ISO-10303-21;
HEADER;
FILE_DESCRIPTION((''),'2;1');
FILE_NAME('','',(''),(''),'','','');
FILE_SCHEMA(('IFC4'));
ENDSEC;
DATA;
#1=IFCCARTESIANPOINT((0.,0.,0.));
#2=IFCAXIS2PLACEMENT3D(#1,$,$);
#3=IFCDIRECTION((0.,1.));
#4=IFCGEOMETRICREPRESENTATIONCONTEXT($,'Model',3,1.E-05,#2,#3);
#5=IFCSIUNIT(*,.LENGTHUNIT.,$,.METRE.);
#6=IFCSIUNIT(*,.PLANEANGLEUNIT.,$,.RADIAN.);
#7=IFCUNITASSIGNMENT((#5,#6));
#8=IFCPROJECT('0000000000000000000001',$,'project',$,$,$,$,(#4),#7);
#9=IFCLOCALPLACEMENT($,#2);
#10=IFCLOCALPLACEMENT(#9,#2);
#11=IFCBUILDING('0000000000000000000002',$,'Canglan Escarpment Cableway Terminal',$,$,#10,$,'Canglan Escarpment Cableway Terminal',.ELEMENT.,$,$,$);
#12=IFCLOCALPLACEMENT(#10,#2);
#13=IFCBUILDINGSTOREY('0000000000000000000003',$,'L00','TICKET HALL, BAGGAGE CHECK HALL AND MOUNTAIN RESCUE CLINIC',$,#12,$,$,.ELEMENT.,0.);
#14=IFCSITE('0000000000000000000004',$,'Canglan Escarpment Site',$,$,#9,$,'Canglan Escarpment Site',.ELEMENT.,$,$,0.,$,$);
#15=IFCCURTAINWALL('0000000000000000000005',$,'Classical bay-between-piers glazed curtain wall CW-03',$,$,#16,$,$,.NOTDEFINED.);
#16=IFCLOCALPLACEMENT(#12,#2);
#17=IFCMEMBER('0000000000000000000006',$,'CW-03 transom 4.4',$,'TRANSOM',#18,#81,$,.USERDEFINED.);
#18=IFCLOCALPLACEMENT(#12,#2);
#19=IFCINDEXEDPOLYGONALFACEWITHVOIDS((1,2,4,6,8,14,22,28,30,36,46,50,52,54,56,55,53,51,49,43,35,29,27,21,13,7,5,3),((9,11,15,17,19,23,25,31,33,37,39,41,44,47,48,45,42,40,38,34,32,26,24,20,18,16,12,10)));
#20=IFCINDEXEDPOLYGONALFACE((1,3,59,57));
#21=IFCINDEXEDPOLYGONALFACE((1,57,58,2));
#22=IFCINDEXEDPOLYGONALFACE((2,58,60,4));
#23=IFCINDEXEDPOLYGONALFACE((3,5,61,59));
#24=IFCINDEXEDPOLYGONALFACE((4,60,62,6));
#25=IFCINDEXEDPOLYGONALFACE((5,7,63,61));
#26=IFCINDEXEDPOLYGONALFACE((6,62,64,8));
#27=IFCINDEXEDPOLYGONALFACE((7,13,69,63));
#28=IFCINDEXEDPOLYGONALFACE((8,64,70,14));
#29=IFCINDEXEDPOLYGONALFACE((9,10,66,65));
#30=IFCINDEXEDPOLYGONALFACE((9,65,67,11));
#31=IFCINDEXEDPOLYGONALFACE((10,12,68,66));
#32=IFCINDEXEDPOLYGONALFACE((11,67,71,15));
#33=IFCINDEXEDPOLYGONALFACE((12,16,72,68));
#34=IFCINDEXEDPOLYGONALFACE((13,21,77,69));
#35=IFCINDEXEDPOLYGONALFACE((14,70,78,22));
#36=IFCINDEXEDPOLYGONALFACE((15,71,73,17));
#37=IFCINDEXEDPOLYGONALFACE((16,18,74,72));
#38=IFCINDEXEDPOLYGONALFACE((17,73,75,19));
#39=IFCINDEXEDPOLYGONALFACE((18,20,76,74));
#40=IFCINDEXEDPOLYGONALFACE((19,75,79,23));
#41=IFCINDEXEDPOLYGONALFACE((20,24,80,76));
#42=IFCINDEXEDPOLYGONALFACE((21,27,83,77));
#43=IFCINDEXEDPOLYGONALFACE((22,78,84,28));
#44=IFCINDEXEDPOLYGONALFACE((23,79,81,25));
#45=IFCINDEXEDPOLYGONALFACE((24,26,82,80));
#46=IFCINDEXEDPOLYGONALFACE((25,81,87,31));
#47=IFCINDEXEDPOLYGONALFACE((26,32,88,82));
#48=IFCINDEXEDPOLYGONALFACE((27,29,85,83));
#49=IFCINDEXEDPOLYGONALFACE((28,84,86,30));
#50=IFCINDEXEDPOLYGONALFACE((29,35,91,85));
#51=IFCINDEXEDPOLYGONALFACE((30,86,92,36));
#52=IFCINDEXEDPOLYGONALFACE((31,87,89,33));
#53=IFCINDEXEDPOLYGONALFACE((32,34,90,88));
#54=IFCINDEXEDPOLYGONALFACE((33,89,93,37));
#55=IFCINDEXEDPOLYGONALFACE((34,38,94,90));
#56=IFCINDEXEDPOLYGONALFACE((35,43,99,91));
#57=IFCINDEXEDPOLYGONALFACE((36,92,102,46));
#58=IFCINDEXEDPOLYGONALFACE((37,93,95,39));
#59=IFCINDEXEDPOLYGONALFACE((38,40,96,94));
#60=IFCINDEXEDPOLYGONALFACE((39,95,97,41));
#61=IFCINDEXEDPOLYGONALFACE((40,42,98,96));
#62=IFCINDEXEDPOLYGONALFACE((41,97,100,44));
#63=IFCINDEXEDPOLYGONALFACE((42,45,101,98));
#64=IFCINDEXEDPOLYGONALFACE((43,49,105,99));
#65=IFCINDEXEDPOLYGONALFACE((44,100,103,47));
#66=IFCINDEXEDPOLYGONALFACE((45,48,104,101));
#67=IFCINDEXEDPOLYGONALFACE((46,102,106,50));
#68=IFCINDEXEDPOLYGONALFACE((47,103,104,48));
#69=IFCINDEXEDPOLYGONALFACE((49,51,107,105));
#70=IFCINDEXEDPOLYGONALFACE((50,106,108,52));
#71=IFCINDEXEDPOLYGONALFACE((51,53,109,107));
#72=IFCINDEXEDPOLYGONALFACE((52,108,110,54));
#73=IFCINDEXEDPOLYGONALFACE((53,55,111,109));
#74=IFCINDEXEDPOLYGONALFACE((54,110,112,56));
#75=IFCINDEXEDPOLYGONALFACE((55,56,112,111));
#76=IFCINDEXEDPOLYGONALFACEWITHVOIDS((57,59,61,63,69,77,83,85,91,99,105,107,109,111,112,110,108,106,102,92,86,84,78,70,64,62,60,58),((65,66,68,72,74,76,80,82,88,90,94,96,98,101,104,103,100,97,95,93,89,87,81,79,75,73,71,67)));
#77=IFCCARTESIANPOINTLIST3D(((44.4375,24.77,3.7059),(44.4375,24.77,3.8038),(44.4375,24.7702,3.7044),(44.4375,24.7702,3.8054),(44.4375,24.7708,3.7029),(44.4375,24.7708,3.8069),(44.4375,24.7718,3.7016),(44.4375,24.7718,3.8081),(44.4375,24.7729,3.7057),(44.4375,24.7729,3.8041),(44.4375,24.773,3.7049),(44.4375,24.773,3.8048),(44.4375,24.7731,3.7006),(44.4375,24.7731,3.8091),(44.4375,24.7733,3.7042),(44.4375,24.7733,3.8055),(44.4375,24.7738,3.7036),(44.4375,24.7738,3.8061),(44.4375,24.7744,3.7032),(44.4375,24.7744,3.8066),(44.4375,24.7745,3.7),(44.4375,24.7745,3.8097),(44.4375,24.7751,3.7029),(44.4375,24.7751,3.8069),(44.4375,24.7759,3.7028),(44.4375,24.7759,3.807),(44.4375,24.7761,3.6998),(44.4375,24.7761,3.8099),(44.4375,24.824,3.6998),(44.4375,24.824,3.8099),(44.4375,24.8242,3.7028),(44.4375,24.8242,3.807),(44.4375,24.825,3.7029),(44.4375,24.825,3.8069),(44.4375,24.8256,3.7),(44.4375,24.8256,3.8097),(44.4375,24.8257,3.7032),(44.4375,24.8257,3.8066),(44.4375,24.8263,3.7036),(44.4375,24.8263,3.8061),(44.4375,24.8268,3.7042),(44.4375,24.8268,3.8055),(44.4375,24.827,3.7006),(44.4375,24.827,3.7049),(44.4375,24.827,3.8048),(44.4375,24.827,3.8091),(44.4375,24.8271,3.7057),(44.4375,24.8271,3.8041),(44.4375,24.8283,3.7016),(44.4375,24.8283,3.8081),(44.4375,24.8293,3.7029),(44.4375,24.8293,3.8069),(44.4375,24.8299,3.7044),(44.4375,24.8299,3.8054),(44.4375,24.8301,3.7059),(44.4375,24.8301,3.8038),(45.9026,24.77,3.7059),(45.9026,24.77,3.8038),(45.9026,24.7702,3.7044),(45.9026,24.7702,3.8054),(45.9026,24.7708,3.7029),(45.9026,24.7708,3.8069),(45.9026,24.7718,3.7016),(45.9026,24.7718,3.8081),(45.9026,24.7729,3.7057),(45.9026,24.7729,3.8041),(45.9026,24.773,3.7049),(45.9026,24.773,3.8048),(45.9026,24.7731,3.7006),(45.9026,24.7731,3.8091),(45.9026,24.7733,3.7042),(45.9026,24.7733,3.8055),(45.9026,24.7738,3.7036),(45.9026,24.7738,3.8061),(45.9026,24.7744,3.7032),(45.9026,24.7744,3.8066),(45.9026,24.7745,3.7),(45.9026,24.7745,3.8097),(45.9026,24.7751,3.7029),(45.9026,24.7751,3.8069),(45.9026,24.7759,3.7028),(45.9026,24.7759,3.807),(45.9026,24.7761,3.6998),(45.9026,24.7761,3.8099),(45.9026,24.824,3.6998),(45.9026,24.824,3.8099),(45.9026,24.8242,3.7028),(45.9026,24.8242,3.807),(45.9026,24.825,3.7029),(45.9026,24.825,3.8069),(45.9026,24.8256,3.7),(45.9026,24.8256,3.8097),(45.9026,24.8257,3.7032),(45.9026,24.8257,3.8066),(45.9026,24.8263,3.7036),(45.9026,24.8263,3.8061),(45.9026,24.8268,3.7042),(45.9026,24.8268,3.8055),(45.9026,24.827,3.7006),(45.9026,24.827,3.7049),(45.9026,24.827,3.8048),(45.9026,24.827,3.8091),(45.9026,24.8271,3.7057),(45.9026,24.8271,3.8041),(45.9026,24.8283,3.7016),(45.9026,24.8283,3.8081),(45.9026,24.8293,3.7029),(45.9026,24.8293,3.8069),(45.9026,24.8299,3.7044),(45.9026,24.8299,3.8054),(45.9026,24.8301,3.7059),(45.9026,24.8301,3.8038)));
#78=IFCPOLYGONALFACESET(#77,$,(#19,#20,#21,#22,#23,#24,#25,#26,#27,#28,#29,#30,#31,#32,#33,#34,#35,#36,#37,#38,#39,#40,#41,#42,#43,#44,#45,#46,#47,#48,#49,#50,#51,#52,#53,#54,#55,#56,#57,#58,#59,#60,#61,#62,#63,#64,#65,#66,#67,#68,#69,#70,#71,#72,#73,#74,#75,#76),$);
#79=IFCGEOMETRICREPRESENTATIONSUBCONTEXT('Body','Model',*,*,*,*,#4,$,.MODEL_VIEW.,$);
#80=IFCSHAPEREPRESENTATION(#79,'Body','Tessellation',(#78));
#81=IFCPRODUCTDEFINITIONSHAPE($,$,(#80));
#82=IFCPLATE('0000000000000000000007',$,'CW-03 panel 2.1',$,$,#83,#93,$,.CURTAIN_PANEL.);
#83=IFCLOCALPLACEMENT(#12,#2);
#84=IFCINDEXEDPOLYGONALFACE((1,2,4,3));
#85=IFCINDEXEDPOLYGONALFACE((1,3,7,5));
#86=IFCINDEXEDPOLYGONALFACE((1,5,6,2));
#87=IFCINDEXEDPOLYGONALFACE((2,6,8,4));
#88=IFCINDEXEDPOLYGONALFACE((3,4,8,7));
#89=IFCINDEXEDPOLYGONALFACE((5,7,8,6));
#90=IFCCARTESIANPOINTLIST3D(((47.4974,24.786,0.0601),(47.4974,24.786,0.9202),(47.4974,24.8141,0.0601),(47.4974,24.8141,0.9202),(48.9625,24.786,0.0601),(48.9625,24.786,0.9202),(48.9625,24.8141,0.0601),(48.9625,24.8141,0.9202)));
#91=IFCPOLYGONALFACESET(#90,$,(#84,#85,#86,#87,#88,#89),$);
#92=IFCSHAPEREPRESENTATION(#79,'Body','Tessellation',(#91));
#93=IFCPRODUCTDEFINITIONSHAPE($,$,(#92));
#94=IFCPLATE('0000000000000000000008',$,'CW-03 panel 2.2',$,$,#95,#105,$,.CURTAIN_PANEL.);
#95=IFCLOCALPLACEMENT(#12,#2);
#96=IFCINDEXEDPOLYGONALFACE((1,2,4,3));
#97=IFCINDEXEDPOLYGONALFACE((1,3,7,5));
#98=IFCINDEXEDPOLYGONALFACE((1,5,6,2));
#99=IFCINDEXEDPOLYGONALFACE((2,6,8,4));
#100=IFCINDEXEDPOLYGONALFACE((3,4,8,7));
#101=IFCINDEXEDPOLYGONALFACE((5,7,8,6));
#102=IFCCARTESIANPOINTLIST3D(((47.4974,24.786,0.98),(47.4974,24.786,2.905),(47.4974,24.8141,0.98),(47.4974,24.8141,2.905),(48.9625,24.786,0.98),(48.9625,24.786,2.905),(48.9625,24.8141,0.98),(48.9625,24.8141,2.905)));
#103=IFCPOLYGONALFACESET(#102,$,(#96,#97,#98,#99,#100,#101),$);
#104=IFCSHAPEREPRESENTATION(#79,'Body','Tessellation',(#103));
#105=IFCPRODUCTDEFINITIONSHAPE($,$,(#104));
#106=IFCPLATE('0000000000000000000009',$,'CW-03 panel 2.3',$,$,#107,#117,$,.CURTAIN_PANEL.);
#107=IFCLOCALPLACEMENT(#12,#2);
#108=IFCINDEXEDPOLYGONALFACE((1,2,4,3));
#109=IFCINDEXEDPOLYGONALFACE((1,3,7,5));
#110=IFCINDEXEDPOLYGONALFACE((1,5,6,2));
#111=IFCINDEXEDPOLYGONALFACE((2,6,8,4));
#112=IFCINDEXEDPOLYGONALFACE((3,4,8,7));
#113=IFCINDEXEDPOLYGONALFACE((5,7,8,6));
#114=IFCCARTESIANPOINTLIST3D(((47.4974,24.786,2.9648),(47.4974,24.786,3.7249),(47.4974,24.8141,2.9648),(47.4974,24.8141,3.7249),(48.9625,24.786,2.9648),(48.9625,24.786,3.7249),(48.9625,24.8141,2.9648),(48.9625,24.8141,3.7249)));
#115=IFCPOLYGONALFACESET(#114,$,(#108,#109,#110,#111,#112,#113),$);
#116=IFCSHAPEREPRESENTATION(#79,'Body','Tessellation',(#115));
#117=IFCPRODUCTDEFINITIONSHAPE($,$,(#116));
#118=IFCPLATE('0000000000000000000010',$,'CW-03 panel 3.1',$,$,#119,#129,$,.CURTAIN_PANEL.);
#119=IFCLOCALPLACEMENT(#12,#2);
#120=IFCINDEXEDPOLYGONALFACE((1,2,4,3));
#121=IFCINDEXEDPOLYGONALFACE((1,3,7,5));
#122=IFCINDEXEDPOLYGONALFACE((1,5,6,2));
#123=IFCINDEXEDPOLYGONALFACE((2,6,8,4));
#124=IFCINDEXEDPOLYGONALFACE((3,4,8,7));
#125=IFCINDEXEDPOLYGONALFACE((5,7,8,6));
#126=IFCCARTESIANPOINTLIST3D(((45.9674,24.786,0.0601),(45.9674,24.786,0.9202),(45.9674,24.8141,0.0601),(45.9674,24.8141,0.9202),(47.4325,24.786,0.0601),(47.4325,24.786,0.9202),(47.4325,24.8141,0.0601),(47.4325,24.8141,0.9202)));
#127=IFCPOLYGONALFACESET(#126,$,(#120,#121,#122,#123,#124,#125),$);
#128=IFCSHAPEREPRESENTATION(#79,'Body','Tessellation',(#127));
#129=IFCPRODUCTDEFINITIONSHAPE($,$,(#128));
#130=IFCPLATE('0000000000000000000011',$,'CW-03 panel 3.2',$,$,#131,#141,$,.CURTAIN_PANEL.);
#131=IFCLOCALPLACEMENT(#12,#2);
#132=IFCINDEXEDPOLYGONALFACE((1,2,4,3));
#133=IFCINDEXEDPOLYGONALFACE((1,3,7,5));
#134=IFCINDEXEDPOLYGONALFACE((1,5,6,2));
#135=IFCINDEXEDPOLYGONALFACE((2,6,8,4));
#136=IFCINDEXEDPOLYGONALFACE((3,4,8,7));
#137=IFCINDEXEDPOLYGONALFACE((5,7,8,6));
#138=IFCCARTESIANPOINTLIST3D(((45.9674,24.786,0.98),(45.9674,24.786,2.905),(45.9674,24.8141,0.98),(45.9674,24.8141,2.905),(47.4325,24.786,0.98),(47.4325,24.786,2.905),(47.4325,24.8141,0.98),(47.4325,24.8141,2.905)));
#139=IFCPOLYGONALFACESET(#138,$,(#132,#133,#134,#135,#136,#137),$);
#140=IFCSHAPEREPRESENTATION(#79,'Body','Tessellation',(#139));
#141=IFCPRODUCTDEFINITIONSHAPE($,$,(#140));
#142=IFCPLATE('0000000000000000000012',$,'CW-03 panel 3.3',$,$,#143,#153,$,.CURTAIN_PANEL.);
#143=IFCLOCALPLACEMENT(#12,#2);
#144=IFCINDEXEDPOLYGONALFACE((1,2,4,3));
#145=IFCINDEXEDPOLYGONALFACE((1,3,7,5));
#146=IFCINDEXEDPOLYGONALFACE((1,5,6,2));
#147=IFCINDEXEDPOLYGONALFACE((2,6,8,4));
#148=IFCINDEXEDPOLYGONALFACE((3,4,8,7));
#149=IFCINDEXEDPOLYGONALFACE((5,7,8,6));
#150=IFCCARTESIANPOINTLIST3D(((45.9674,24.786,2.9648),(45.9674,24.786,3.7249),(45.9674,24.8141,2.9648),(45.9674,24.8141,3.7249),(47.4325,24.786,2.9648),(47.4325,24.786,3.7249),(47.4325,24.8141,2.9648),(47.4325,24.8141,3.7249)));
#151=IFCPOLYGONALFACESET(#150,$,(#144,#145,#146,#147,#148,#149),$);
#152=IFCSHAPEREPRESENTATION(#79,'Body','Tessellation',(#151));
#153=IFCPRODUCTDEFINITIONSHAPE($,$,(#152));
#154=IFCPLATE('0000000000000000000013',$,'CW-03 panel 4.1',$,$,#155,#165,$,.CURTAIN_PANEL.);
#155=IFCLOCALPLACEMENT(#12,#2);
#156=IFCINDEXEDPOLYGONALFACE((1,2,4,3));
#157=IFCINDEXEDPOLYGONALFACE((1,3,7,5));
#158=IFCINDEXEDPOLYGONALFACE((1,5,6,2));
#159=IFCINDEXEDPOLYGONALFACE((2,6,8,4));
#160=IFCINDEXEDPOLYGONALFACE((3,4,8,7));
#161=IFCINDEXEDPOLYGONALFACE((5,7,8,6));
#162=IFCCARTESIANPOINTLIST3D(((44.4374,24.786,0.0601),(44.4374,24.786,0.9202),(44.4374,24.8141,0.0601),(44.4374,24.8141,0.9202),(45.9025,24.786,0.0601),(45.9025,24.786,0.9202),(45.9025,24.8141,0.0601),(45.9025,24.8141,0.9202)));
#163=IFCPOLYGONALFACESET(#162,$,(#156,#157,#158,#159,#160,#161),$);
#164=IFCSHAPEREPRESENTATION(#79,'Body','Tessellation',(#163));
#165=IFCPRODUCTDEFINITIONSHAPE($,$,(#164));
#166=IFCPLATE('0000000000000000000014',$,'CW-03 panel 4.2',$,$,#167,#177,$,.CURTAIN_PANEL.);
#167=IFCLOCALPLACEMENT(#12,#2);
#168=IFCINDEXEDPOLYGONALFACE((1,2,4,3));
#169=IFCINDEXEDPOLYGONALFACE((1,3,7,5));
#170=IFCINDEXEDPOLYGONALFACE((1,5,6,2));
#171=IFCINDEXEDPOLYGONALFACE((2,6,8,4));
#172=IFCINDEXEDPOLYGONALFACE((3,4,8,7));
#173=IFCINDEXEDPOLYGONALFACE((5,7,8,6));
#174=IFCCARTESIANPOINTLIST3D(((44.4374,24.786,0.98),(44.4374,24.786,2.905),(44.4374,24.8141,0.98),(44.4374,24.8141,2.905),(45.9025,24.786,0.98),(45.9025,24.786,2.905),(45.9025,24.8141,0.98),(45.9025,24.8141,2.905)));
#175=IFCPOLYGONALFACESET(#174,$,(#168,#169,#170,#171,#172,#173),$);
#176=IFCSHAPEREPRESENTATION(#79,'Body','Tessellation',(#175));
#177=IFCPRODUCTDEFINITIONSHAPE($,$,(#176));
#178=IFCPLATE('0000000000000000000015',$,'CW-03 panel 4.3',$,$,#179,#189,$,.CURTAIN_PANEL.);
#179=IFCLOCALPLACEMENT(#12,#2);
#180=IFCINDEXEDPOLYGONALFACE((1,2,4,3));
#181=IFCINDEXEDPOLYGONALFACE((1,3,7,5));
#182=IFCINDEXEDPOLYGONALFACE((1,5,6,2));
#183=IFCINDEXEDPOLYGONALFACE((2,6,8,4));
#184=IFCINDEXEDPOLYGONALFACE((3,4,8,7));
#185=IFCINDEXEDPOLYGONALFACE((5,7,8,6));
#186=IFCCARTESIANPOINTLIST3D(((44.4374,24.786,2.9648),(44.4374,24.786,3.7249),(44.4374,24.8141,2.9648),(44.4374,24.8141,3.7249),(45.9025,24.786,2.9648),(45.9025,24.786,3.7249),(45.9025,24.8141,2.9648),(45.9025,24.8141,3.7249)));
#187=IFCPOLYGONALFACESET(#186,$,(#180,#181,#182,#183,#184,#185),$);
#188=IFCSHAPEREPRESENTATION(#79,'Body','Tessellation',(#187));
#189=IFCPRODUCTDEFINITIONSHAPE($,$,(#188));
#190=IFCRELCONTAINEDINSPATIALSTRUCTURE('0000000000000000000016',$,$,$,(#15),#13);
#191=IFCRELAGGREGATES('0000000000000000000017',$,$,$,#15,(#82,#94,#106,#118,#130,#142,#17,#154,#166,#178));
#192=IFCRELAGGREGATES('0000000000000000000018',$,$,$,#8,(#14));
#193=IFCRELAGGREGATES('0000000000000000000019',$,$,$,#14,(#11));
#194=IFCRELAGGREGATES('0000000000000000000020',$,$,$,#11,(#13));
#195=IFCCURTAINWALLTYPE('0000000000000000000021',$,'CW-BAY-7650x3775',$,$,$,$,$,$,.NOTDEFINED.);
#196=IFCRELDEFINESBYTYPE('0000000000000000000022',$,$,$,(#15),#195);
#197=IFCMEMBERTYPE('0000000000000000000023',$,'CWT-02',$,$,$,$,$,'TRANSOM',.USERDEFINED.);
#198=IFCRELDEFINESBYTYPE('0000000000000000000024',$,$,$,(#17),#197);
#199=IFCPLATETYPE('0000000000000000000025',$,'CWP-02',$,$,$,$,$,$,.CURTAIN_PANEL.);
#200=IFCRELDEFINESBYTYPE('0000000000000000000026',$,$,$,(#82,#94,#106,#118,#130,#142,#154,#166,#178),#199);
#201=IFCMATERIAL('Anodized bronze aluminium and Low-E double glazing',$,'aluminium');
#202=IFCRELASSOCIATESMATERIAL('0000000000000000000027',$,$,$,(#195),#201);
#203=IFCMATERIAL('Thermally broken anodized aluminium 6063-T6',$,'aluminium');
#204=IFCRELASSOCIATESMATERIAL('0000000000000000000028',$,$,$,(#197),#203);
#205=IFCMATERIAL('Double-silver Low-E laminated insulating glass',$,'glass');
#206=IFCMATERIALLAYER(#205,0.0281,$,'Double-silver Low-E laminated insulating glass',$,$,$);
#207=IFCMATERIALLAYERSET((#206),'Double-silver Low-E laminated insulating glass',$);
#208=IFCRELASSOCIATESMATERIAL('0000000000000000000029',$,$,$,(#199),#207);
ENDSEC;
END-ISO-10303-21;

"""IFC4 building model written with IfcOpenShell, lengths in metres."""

from ifc_helpers import new_model, si_unit, direction, frame, origin, origin_2d, place, context, subcontext, project, spatial, rectangle, hollow_rectangle, extrude, material, layer, layer_set, material_profile, profile_set, type_object, element, aggregate, save


model = new_model("IFC4")

# Units and contexts
model_context = context("Model", 3, precision=1e-05, world=origin(), true_north=direction((0.0, 1.0)))
body_context = subcontext(model_context, "Body", "Model", "MODEL_VIEW")
ifc_project = project(units=[si_unit("LENGTHUNIT", "METRE"), si_unit("PLANEANGLEUNIT", "RADIAN")], contexts=[model_context])

# Site, building, storey
site_placement = place(None, origin())
site = spatial("IfcSite", under=ifc_project, at=site_placement, Name="Canglan Escarpment Site", LongName="Canglan Escarpment Site", CompositionType="ELEMENT", RefElevation=0.0)
building_placement = place(site_placement, origin())
building = spatial("IfcBuilding", under=site, at=building_placement, Name="Canglan Escarpment Cableway Terminal", LongName="Canglan Escarpment Cableway Terminal", CompositionType="ELEMENT")
storey_placement = place(building_placement, origin())
storey = spatial("IfcBuildingStorey", under=building, at=storey_placement, Name="L00", Description="TICKET HALL, BAGGAGE CHECK HALL AND MOUNTAIN RESCUE CLINIC", CompositionType="ELEMENT", Elevation=0.0)

# Curtain wall, member, plates
ifc_material_1 = material(Name="Anodized bronze aluminium and Low-E double glazing", Category="aluminium")
curtain_wall_type = type_object("IfcCurtainWallType", Name="CW-BAY-7650x3775", PredefinedType="NOTDEFINED", material=ifc_material_1)
curtain_wall_placement = place(storey_placement, origin())
curtain_wall = element("IfcCurtainWall", 1, at=curtain_wall_placement, inside=storey, type_object=curtain_wall_type, Name="Classical bay-between-piers glazed curtain wall CW-03", PredefinedType="NOTDEFINED")
ifc_material_2 = material(Name="Thermally broken anodized aluminium 6063-T6", Category="aluminium")
ifc_material_profile_1 = material_profile(ifc_material_2, hollow_rectangle(XDim=0.0601, YDim=0.1101, WallThickness=0.0029, InnerFilletRadius=0.0029, OuterFilletRadius=0.0061, at=origin_2d()), Name="ALU-TRAN 60x110x3")
ifc_profile_set_1 = profile_set([ifc_material_profile_1], Name="Thermally broken anodized aluminium 6063-T6")
member_type_1 = type_object("IfcMemberType", Name="CWT-02", ElementType="TRANSOM", PredefinedType="USERDEFINED", material=ifc_profile_set_1)
member_1_placement = place(storey_placement, frame((45.9026, 24.8, 3.7549), z_axis=(-1.0, 0.0, 0.0), x_axis=(0.0, -1.0, 0.0)))
member_1 = element("IfcMember", 2, at=member_1_placement, type_object=member_type_1, Name="CW-03 transom 4.4", ObjectType="TRANSOM", PredefinedType="USERDEFINED", context=body_context, shape_type="SweptSolid", body=[
    extrude(hollow_rectangle(XDim=0.0601, YDim=0.1101, WallThickness=0.0029, InnerFilletRadius=0.0029, OuterFilletRadius=0.0061, at=origin_2d()), origin(), (0.0, 0.0, 1.0), 1.4651),
])
ifc_material_3 = material(Name="Double-silver Low-E laminated insulating glass", Category="glass")
ifc_layer = layer(ifc_material_3, 0.0281, Name="Double-silver Low-E laminated insulating glass")
ifc_layer_set = layer_set([ifc_layer], Name="Double-silver Low-E laminated insulating glass")
plate_type = type_object("IfcPlateType", Name="CWP-02", PredefinedType="CURTAIN_PANEL", material=ifc_layer_set)
plate_1_placement = place(storey_placement, frame((48.23, 24.8, 0.0601), z_axis=(0.0, 0.0, 1.0), x_axis=(-1.0, 0.0, 0.0)))
plate_1 = element("IfcPlate", 3, at=plate_1_placement, type_object=plate_type, Name="CW-03 panel 2.1", PredefinedType="CURTAIN_PANEL", context=body_context, shape_type="SweptSolid", body=[
    extrude(rectangle(XDim=1.4651, YDim=0.0281, at=origin_2d()), origin(), (0.0, 0.0, 1.0), 0.8601),
])
plate_2_placement = place(storey_placement, frame((48.23, 24.8, 0.98), z_axis=(0.0, 0.0, 1.0), x_axis=(-1.0, 0.0, 0.0)))
plate_2 = element("IfcPlate", 4, at=plate_2_placement, type_object=plate_type, Name="CW-03 panel 2.2", PredefinedType="CURTAIN_PANEL", context=body_context, shape_type="SweptSolid", body=[
    extrude(rectangle(XDim=1.4651, YDim=0.0281, at=origin_2d()), origin(), (0.0, 0.0, 1.0), 1.925),
])
plate_3_placement = place(storey_placement, frame((48.23, 24.8, 2.9648), z_axis=(0.0, 0.0, 1.0), x_axis=(-1.0, 0.0, 0.0)))
plate_3 = element("IfcPlate", 5, at=plate_3_placement, type_object=plate_type, Name="CW-03 panel 2.3", PredefinedType="CURTAIN_PANEL", context=body_context, shape_type="SweptSolid", body=[
    extrude(rectangle(XDim=1.4651, YDim=0.0281, at=origin_2d()), origin(), (0.0, 0.0, 1.0), 0.76),
])
plate_4_placement = place(storey_placement, frame((46.7, 24.8, 0.0601), z_axis=(0.0, 0.0, 1.0), x_axis=(-1.0, 0.0, 0.0)))
plate_4 = element("IfcPlate", 6, at=plate_4_placement, type_object=plate_type, Name="CW-03 panel 3.1", PredefinedType="CURTAIN_PANEL", context=body_context, shape_type="SweptSolid", body=[
    extrude(rectangle(XDim=1.4651, YDim=0.0281, at=origin_2d()), origin(), (0.0, 0.0, 1.0), 0.8601),
])
plate_5_placement = place(storey_placement, frame((46.7, 24.8, 0.98), z_axis=(0.0, 0.0, 1.0), x_axis=(-1.0, 0.0, 0.0)))
plate_5 = element("IfcPlate", 7, at=plate_5_placement, type_object=plate_type, Name="CW-03 panel 3.2", PredefinedType="CURTAIN_PANEL", context=body_context, shape_type="SweptSolid", body=[
    extrude(rectangle(XDim=1.4651, YDim=0.0281, at=origin_2d()), origin(), (0.0, 0.0, 1.0), 1.925),
])
plate_6_placement = place(storey_placement, frame((46.7, 24.8, 2.9648), z_axis=(0.0, 0.0, 1.0), x_axis=(-1.0, 0.0, 0.0)))
plate_6 = element("IfcPlate", 8, at=plate_6_placement, type_object=plate_type, Name="CW-03 panel 3.3", PredefinedType="CURTAIN_PANEL", context=body_context, shape_type="SweptSolid", body=[
    extrude(rectangle(XDim=1.4651, YDim=0.0281, at=origin_2d()), origin(), (0.0, 0.0, 1.0), 0.76),
])
plate_7_placement = place(storey_placement, frame((45.1699, 24.8, 0.0601), z_axis=(0.0, 0.0, 1.0), x_axis=(-1.0, 0.0, 0.0)))
plate_7 = element("IfcPlate", 9, at=plate_7_placement, type_object=plate_type, Name="CW-03 panel 4.1", PredefinedType="CURTAIN_PANEL", context=body_context, shape_type="SweptSolid", body=[
    extrude(rectangle(XDim=1.4651, YDim=0.0281, at=origin_2d()), origin(), (0.0, 0.0, 1.0), 0.8601),
])
plate_8_placement = place(storey_placement, frame((45.1699, 24.8, 0.98), z_axis=(0.0, 0.0, 1.0), x_axis=(-1.0, 0.0, 0.0)))
plate_8 = element("IfcPlate", 10, at=plate_8_placement, type_object=plate_type, Name="CW-03 panel 4.2", PredefinedType="CURTAIN_PANEL", context=body_context, shape_type="SweptSolid", body=[
    extrude(rectangle(XDim=1.4651, YDim=0.0281, at=origin_2d()), origin(), (0.0, 0.0, 1.0), 1.925),
])
plate_9_placement = place(storey_placement, frame((45.1699, 24.8, 2.9648), z_axis=(0.0, 0.0, 1.0), x_axis=(-1.0, 0.0, 0.0)))
plate_9 = element("IfcPlate", 11, at=plate_9_placement, type_object=plate_type, Name="CW-03 panel 4.3", PredefinedType="CURTAIN_PANEL", context=body_context, shape_type="SweptSolid", body=[
    extrude(rectangle(XDim=1.4651, YDim=0.0281, at=origin_2d()), origin(), (0.0, 0.0, 1.0), 0.76),
])
aggregate(curtain_wall, [plate_1, plate_2, plate_3, plate_4, plate_5, plate_6, member_1, plate_7, plate_8, plate_9])

save(model, "model.ifc")
